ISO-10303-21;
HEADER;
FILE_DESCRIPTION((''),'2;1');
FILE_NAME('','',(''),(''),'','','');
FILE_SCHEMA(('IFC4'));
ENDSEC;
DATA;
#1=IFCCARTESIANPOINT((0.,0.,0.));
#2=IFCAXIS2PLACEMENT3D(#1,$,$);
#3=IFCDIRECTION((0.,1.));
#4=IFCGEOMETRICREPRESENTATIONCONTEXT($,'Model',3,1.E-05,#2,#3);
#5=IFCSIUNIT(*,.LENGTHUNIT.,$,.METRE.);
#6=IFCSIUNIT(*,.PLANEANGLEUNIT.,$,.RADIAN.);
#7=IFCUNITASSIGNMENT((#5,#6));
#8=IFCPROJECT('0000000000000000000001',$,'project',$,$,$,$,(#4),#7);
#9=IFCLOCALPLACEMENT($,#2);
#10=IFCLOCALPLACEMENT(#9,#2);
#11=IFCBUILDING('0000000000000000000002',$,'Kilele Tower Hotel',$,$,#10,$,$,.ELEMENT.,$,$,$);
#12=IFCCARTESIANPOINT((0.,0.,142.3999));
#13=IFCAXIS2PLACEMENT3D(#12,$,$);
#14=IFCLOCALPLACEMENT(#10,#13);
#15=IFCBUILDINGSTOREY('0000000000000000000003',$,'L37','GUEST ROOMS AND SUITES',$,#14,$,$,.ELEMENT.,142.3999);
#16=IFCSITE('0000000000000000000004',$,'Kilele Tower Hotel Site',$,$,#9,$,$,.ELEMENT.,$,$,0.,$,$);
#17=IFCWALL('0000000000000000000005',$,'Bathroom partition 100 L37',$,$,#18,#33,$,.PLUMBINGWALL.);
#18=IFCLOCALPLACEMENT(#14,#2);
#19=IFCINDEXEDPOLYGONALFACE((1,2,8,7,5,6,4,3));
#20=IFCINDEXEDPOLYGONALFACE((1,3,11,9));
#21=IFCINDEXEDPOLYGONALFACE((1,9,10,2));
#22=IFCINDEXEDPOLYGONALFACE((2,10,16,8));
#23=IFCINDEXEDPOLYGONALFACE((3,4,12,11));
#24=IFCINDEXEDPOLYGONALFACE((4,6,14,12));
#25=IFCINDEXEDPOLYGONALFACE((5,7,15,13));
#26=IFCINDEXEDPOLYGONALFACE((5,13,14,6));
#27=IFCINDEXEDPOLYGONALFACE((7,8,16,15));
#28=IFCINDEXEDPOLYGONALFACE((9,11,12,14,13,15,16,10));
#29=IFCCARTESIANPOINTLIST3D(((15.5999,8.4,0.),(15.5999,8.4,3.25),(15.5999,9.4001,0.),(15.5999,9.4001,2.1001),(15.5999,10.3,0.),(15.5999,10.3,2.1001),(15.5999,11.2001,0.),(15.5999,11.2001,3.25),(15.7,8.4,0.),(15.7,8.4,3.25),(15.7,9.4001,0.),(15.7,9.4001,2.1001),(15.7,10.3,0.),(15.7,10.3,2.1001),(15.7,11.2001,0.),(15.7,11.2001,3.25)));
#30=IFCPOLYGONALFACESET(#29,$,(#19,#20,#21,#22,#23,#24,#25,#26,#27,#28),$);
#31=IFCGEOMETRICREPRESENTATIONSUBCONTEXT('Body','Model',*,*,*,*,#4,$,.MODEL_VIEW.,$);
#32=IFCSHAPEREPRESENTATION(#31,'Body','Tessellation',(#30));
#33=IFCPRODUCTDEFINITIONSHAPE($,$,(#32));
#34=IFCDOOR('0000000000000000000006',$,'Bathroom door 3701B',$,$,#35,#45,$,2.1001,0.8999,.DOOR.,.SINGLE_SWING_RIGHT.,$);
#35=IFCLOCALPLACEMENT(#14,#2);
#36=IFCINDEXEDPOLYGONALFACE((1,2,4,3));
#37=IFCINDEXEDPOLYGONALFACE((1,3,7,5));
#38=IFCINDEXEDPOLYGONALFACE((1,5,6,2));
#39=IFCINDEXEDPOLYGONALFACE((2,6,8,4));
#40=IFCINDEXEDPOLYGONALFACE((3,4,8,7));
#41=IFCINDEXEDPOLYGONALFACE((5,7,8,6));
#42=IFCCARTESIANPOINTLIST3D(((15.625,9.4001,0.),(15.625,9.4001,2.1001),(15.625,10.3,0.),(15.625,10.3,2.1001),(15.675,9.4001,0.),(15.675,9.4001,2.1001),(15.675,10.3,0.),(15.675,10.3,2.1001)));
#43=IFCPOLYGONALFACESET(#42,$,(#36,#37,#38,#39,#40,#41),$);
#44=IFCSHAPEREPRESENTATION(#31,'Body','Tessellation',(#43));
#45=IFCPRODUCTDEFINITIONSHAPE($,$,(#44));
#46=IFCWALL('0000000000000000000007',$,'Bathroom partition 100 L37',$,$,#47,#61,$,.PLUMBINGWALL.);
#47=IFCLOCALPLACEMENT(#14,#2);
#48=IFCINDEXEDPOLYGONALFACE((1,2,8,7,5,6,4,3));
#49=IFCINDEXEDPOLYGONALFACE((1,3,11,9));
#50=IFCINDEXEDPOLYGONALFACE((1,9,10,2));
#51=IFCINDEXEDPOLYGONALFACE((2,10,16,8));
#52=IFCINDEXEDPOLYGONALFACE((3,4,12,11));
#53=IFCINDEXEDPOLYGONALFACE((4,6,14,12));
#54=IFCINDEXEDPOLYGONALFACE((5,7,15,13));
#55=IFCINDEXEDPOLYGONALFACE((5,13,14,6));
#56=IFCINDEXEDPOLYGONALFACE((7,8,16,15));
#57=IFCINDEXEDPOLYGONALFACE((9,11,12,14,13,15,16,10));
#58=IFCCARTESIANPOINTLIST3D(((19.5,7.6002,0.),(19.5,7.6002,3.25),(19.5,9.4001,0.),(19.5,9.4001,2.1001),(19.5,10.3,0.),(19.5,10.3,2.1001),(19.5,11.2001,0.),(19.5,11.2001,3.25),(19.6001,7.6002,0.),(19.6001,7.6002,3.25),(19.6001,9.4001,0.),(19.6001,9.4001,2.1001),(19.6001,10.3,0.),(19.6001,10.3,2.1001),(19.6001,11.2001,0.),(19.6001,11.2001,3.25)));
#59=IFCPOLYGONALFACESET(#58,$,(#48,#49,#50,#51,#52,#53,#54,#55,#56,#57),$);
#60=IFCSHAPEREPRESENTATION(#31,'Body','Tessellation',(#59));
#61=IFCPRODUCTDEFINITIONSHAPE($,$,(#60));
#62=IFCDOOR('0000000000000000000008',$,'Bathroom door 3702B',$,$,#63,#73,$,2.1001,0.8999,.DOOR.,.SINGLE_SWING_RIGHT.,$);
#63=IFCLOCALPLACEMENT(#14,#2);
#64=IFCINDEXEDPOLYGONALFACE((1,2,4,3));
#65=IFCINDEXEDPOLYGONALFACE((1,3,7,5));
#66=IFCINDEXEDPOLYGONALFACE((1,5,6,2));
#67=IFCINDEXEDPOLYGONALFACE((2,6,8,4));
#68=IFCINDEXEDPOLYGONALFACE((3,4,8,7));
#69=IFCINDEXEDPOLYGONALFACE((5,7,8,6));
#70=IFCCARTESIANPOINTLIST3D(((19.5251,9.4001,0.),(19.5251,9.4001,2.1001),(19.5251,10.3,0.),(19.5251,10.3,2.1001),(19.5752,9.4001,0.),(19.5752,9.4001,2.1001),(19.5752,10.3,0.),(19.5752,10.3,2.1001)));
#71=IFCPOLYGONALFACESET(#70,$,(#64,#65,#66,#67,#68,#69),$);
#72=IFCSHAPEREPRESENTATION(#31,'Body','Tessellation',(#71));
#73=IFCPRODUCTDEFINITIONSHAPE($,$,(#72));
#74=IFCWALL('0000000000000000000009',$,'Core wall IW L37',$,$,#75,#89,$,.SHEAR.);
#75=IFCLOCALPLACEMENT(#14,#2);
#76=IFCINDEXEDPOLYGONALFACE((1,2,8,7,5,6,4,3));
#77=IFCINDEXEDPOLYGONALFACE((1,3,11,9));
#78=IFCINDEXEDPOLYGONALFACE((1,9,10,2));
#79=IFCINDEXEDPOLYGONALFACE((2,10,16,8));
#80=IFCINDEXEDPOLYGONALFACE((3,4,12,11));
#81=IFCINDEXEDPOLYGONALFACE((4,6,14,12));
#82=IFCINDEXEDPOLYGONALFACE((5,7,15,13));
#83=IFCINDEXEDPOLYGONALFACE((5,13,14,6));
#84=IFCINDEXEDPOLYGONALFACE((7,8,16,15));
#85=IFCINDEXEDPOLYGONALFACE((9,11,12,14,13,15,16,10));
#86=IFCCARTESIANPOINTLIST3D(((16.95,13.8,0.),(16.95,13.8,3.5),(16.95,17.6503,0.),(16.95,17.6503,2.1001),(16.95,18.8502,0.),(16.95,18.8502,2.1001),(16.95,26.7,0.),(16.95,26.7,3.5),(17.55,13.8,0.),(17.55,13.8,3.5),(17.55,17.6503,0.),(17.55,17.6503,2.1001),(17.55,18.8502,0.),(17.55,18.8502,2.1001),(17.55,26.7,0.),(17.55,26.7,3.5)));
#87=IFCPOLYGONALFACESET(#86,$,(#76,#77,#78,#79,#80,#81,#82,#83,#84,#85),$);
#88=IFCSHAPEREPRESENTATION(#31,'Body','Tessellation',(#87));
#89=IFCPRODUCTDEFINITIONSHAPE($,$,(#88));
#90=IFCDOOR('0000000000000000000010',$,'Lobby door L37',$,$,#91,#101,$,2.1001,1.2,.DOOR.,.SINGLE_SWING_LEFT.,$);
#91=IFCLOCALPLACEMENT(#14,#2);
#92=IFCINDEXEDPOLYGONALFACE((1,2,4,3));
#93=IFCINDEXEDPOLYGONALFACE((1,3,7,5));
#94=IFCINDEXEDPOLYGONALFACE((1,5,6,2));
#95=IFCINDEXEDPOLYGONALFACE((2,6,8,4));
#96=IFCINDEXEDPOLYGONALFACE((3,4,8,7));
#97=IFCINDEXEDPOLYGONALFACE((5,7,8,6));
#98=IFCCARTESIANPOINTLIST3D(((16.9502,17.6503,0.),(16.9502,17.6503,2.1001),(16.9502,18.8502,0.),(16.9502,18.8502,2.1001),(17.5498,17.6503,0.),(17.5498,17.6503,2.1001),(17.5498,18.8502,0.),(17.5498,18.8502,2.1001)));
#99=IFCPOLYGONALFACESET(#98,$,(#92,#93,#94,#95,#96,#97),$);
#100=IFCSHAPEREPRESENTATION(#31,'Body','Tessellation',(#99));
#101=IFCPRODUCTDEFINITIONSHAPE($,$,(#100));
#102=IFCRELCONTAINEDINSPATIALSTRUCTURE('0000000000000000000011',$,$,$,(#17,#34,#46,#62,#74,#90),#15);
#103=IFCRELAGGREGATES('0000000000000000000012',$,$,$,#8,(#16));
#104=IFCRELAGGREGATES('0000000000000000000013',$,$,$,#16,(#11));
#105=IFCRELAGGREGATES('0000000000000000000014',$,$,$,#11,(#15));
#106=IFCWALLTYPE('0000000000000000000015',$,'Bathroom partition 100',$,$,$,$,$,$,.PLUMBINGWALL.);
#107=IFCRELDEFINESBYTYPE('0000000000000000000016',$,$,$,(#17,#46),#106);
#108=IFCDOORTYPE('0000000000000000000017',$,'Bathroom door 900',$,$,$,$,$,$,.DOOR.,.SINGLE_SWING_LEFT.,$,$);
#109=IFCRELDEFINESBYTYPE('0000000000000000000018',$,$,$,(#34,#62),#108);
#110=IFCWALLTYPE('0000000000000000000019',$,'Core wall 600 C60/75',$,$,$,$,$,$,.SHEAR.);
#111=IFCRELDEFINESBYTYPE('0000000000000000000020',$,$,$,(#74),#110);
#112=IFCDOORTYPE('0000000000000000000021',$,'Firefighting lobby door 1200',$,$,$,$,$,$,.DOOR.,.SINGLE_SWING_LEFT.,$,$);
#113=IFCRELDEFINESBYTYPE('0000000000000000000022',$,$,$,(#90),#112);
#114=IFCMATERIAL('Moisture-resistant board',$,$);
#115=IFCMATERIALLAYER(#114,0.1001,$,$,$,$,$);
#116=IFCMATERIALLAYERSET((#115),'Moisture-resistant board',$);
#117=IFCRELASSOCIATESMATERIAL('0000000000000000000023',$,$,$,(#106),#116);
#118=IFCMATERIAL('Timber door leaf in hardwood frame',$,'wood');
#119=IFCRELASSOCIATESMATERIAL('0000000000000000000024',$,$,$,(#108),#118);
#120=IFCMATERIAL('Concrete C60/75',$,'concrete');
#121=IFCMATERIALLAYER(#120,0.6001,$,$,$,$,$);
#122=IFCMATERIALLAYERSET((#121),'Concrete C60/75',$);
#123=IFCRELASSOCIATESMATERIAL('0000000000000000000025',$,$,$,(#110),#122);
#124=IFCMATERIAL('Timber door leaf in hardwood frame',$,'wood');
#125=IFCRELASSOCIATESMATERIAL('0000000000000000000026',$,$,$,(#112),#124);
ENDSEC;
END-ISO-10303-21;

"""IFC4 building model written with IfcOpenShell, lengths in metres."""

from ifc_helpers import new_model, si_unit, direction, frame, frame_2d, origin, place, context, subcontext, project, spatial, rectangle, extrude, material, layer, layer_set, type_object, element, fill, save


model = new_model("IFC4")

# Units and contexts
model_context = context("Model", 3, precision=1e-05, world=origin(), true_north=direction((0.0, 1.0)))
body_context = subcontext(model_context, "Body", "Model", "MODEL_VIEW")
ifc_project = project(units=[si_unit("LENGTHUNIT", "METRE"), si_unit("PLANEANGLEUNIT", "RADIAN")], contexts=[model_context])

# Site, building, storey
site_placement = place(None, origin())
site = spatial("IfcSite", under=ifc_project, at=site_placement, Name="Kilele Tower Hotel Site", CompositionType="ELEMENT", RefElevation=0.0)
building_placement = place(site_placement, origin())
building = spatial("IfcBuilding", under=site, at=building_placement, Name="Kilele Tower Hotel", CompositionType="ELEMENT")
storey_placement = place(building_placement, frame((0.0, 0.0, 142.3999)))
storey = spatial("IfcBuildingStorey", under=building, at=storey_placement, Name="L37", Description="GUEST ROOMS AND SUITES", CompositionType="ELEMENT", Elevation=142.3999)

# Walls, openings, doors
ifc_material_1 = material(Name="Moisture-resistant board")
ifc_layer_1 = layer(ifc_material_1, 0.1001)
ifc_layer_set_1 = layer_set([ifc_layer_1], Name="Moisture-resistant board")
wall_type_1 = type_object("IfcWallType", Name="Bathroom partition 100", PredefinedType="PLUMBINGWALL", material=ifc_layer_set_1)
wall_1_placement = place(storey_placement, frame((15.6499, 11.2, 0.0), z_axis=(0.0, 0.0, 1.0), x_axis=(0.0, -1.0, 0.0)))
wall_1 = element("IfcWall", 1, at=wall_1_placement, inside=storey, type_object=wall_type_1, Name="Bathroom partition 100 L37", PredefinedType="PLUMBINGWALL", context=body_context, shape_type="SweptSolid", body=[
    extrude(rectangle(XDim=2.8, YDim=0.1001, at=frame_2d((1.3999, 0.0))), origin(), (0.0, 0.0, 1.0), 3.25),
])
opening_1_placement = place(wall_1_placement, frame((1.7998, 0.0, 0.0), z_axis=(0.0, 0.0, 1.0), x_axis=(-1.0, 0.0, 0.0)))
opening_1 = element("IfcOpeningElement", 2, at=opening_1_placement, cuts=wall_1, PredefinedType="OPENING", context=body_context, shape_type="SweptSolid", body=[
    extrude(rectangle(XDim=0.8999, YDim=2.1001, at=frame_2d((0.45, 1.05))), frame((0.0, 0.0601, 0.0), z_axis=(0.0, -1.0, 0.0), x_axis=(1.0, 0.0, 0.0)), (0.0, 0.0, 1.0), 0.1201),
])
ifc_material_2 = material(Name="Timber door leaf in hardwood frame", Category="wood")
door_type_1 = type_object("IfcDoorType", Name="Bathroom door 900", OperationType="SINGLE_SWING_LEFT", PredefinedType="DOOR", material=ifc_material_2)
door_1_placement = place(opening_1_placement, origin())
door_1 = element("IfcDoor", 3, at=door_1_placement, inside=storey, type_object=door_type_1, Name="Bathroom door 3701B", OperationType="SINGLE_SWING_RIGHT", OverallHeight=2.1001, OverallWidth=0.8999, PredefinedType="DOOR", context=body_context, shape_type="SweptSolid", body=[
    extrude(rectangle(XDim=0.8999, YDim=2.1001, at=frame_2d((0.45, 1.05))), frame((0.0, 0.0249, 0.0), z_axis=(0.0, -1.0, 0.0), x_axis=(1.0, 0.0, 0.0)), (0.0, 0.0, 1.0), 0.05),
])
fill(opening_1, door_1)
wall_2_placement = place(storey_placement, frame((19.55, 11.2, 0.0), z_axis=(0.0, 0.0, 1.0), x_axis=(0.0, -1.0, 0.0)))
wall_2 = element("IfcWall", 4, at=wall_2_placement, inside=storey, type_object=wall_type_1, Name="Bathroom partition 100 L37", PredefinedType="PLUMBINGWALL", context=body_context, shape_type="SweptSolid", body=[
    extrude(rectangle(XDim=3.5999, YDim=0.1001, at=frame_2d((1.7998, 0.0))), origin(), (0.0, 0.0, 1.0), 3.25),
])
opening_2_placement = place(wall_2_placement, frame((1.7998, 0.0, 0.0), z_axis=(0.0, 0.0, 1.0), x_axis=(-1.0, 0.0, 0.0)))
opening_2 = element("IfcOpeningElement", 5, at=opening_2_placement, cuts=wall_2, PredefinedType="OPENING", context=body_context, shape_type="SweptSolid", body=[
    extrude(rectangle(XDim=0.8999, YDim=2.1001, at=frame_2d((0.45, 1.05))), frame((0.0, 0.0601, 0.0), z_axis=(0.0, -1.0, 0.0), x_axis=(1.0, 0.0, 0.0)), (0.0, 0.0, 1.0), 0.1201),
])
door_2_placement = place(opening_2_placement, origin())
door_2 = element("IfcDoor", 6, at=door_2_placement, inside=storey, type_object=door_type_1, Name="Bathroom door 3702B", OperationType="SINGLE_SWING_RIGHT", OverallHeight=2.1001, OverallWidth=0.8999, PredefinedType="DOOR", context=body_context, shape_type="SweptSolid", body=[
    extrude(rectangle(XDim=0.8999, YDim=2.1001, at=frame_2d((0.45, 1.05))), frame((0.0, 0.0249, 0.0), z_axis=(0.0, -1.0, 0.0), x_axis=(1.0, 0.0, 0.0)), (0.0, 0.0, 1.0), 0.05),
])
fill(opening_2, door_2)
ifc_material_3 = material(Name="Concrete C60/75", Category="concrete")
ifc_layer_2 = layer(ifc_material_3, 0.6001)
ifc_layer_set_2 = layer_set([ifc_layer_2], Name="Concrete C60/75")
wall_type_2 = type_object("IfcWallType", Name="Core wall 600 C60/75", PredefinedType="SHEAR", material=ifc_layer_set_2)
wall_3_placement = place(storey_placement, frame((17.25, 13.8, 0.0), z_axis=(0.0, 0.0, 1.0), x_axis=(0.0, 1.0, 0.0)))
wall_3 = element("IfcWall", 7, at=wall_3_placement, inside=storey, type_object=wall_type_2, Name="Core wall IW L37", PredefinedType="SHEAR", context=body_context, shape_type="SweptSolid", body=[
    extrude(rectangle(XDim=12.8999, YDim=0.6001, at=frame_2d((6.45, 0.0))), origin(), (0.0, 0.0, 1.0), 3.5),
])
opening_3_placement = place(wall_3_placement, frame((3.8501, 0.0, 0.0)))
opening_3 = element("IfcOpeningElement", 8, at=opening_3_placement, cuts=wall_3, PredefinedType="OPENING", context=body_context, shape_type="SweptSolid", body=[
    extrude(rectangle(XDim=1.2, YDim=2.1001, at=frame_2d((0.6001, 1.05))), frame((0.0, 0.3101, 0.0), z_axis=(0.0, -1.0, 0.0), x_axis=(1.0, 0.0, 0.0)), (0.0, 0.0, 1.0), 0.6201),
])
ifc_material_4 = material(Name="Timber door leaf in hardwood frame", Category="wood")
door_type_2 = type_object("IfcDoorType", Name="Firefighting lobby door 1200", OperationType="SINGLE_SWING_LEFT", PredefinedType="DOOR", material=ifc_material_4)
door_3_placement = place(opening_3_placement, origin())
door_3 = element("IfcDoor", 9, at=door_3_placement, inside=storey, type_object=door_type_2, Name="Lobby door L37", OperationType="SINGLE_SWING_LEFT", OverallHeight=2.1001, OverallWidth=1.2, PredefinedType="DOOR", context=body_context, shape_type="SweptSolid", body=[
    extrude(rectangle(XDim=1.2, YDim=2.1001, at=frame_2d((0.6001, 1.05))), frame((0.0, 0.2998, 0.0), z_axis=(0.0, -1.0, 0.0), x_axis=(1.0, 0.0, 0.0)), (0.0, 0.0, 1.0), 0.5996),
])
fill(opening_3, door_3)

save(model, "model.ifc")
